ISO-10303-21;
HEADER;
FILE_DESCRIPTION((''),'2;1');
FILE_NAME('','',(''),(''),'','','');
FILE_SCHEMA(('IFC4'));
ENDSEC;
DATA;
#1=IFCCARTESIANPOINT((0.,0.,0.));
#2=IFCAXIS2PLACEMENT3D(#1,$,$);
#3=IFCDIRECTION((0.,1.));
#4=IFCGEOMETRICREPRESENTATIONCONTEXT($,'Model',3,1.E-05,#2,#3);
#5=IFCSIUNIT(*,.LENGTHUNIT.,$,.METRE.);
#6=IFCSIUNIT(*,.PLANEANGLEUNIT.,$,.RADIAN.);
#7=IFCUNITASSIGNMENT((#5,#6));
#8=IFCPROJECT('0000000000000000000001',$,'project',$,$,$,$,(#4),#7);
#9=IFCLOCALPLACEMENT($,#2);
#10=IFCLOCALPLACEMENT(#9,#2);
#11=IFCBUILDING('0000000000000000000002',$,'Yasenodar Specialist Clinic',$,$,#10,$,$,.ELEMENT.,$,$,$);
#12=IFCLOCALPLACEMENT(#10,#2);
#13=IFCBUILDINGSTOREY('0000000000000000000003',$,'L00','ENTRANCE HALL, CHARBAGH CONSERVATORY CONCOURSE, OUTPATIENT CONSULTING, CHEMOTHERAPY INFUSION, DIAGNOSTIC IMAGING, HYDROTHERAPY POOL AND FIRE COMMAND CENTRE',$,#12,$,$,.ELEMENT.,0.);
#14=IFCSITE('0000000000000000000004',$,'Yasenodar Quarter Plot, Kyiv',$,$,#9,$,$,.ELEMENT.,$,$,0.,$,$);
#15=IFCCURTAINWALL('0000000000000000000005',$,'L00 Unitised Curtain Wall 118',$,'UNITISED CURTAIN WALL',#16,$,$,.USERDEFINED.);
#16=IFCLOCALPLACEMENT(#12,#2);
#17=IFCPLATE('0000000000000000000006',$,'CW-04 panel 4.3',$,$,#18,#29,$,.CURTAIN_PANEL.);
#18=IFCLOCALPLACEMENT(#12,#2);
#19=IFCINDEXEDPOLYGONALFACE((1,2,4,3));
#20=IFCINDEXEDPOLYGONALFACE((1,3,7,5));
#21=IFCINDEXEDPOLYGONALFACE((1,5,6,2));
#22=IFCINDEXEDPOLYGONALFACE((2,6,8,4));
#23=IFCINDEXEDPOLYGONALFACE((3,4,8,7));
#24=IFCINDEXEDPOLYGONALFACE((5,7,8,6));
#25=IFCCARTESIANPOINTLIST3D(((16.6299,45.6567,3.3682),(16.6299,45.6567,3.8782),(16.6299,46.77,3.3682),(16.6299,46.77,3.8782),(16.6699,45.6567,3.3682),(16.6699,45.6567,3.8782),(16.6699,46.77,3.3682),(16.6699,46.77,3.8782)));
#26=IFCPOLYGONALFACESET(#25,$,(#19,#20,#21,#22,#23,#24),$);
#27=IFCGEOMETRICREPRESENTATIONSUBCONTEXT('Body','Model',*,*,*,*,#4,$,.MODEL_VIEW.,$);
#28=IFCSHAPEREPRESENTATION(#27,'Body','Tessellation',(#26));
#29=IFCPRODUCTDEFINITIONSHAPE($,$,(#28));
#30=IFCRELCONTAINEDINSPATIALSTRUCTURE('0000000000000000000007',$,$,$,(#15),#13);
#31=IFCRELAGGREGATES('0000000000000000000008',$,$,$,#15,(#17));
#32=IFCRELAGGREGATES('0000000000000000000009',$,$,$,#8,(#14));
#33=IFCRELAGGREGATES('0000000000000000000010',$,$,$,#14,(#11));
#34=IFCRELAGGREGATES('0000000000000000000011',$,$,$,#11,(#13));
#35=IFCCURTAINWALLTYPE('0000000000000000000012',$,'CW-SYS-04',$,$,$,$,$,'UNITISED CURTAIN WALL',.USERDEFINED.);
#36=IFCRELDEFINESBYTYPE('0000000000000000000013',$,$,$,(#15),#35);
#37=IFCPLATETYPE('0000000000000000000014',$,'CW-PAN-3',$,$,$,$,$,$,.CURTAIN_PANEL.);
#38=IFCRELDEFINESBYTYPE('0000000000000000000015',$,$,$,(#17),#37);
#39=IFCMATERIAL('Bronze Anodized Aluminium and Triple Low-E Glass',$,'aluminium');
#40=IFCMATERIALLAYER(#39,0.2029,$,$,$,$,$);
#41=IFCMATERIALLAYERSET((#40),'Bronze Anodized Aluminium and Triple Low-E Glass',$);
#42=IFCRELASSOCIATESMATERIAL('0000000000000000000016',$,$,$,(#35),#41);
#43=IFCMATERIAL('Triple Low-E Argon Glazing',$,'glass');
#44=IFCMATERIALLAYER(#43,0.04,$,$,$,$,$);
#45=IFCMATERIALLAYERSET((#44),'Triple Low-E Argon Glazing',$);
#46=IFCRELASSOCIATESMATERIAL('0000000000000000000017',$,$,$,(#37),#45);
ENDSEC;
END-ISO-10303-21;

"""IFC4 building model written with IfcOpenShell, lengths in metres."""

from ifc_helpers import new_model, si_unit, direction, frame, origin, origin_2d, place, context, subcontext, project, spatial, rectangle, extrude, material, layer, layer_set, type_object, element, aggregate, save


model = new_model("IFC4")

# Units and contexts
model_context = context("Model", 3, precision=1e-05, world=origin(), true_north=direction((0.0, 1.0)))
body_context = subcontext(model_context, "Body", "Model", "MODEL_VIEW")
ifc_project = project(units=[si_unit("LENGTHUNIT", "METRE"), si_unit("PLANEANGLEUNIT", "RADIAN")], contexts=[model_context])

# Site, building, storey
site_placement = place(None, origin())
site = spatial("IfcSite", under=ifc_project, at=site_placement, Name="Yasenodar Quarter Plot, Kyiv", CompositionType="ELEMENT", RefElevation=0.0)
building_placement = place(site_placement, origin())
building = spatial("IfcBuilding", under=site, at=building_placement, Name="Yasenodar Specialist Clinic", CompositionType="ELEMENT")
storey_placement = place(building_placement, origin())
storey = spatial("IfcBuildingStorey", under=building, at=storey_placement, Name="L00", Description="ENTRANCE HALL, CHARBAGH CONSERVATORY CONCOURSE, OUTPATIENT CONSULTING, CHEMOTHERAPY INFUSION, DIAGNOSTIC IMAGING, HYDROTHERAPY POOL AND FIRE COMMAND CENTRE", CompositionType="ELEMENT", Elevation=0.0)

# Curtain wall
ifc_material_1 = material(Name="Bronze Anodized Aluminium and Triple Low-E Glass", Category="aluminium")
ifc_layer_1 = layer(ifc_material_1, 0.2029)
ifc_layer_set_1 = layer_set([ifc_layer_1], Name="Bronze Anodized Aluminium and Triple Low-E Glass")
curtain_wall_type = type_object("IfcCurtainWallType", Name="CW-SYS-04", ElementType="UNITISED CURTAIN WALL", PredefinedType="USERDEFINED", material=ifc_layer_set_1)
curtain_wall_placement = place(storey_placement, origin())
curtain_wall = element("IfcCurtainWall", 1, at=curtain_wall_placement, inside=storey, type_object=curtain_wall_type, Name="L00 Unitised Curtain Wall 118", ObjectType="UNITISED CURTAIN WALL", PredefinedType="USERDEFINED")

# Plate
ifc_material_2 = material(Name="Triple Low-E Argon Glazing", Category="glass")
ifc_layer_2 = layer(ifc_material_2, 0.04)
ifc_layer_set_2 = layer_set([ifc_layer_2], Name="Triple Low-E Argon Glazing")
plate_type = type_object("IfcPlateType", Name="CW-PAN-3", PredefinedType="CURTAIN_PANEL", material=ifc_layer_set_2)
plate_1_placement = place(storey_placement, frame((16.6499, 46.2134, 3.3682), z_axis=(0.0, 0.0, 1.0), x_axis=(0.0, -1.0, 0.0)))
plate_1 = element("IfcPlate", 2, at=plate_1_placement, type_object=plate_type, Name="CW-04 panel 4.3", PredefinedType="CURTAIN_PANEL", context=body_context, shape_type="SweptSolid", body=[
    extrude(rectangle(XDim=1.1133, YDim=0.04, at=origin_2d()), origin(), (0.0, 0.0, 1.0), 0.51),
])
aggregate(curtain_wall, [plate_1])

save(model, "model.ifc")
